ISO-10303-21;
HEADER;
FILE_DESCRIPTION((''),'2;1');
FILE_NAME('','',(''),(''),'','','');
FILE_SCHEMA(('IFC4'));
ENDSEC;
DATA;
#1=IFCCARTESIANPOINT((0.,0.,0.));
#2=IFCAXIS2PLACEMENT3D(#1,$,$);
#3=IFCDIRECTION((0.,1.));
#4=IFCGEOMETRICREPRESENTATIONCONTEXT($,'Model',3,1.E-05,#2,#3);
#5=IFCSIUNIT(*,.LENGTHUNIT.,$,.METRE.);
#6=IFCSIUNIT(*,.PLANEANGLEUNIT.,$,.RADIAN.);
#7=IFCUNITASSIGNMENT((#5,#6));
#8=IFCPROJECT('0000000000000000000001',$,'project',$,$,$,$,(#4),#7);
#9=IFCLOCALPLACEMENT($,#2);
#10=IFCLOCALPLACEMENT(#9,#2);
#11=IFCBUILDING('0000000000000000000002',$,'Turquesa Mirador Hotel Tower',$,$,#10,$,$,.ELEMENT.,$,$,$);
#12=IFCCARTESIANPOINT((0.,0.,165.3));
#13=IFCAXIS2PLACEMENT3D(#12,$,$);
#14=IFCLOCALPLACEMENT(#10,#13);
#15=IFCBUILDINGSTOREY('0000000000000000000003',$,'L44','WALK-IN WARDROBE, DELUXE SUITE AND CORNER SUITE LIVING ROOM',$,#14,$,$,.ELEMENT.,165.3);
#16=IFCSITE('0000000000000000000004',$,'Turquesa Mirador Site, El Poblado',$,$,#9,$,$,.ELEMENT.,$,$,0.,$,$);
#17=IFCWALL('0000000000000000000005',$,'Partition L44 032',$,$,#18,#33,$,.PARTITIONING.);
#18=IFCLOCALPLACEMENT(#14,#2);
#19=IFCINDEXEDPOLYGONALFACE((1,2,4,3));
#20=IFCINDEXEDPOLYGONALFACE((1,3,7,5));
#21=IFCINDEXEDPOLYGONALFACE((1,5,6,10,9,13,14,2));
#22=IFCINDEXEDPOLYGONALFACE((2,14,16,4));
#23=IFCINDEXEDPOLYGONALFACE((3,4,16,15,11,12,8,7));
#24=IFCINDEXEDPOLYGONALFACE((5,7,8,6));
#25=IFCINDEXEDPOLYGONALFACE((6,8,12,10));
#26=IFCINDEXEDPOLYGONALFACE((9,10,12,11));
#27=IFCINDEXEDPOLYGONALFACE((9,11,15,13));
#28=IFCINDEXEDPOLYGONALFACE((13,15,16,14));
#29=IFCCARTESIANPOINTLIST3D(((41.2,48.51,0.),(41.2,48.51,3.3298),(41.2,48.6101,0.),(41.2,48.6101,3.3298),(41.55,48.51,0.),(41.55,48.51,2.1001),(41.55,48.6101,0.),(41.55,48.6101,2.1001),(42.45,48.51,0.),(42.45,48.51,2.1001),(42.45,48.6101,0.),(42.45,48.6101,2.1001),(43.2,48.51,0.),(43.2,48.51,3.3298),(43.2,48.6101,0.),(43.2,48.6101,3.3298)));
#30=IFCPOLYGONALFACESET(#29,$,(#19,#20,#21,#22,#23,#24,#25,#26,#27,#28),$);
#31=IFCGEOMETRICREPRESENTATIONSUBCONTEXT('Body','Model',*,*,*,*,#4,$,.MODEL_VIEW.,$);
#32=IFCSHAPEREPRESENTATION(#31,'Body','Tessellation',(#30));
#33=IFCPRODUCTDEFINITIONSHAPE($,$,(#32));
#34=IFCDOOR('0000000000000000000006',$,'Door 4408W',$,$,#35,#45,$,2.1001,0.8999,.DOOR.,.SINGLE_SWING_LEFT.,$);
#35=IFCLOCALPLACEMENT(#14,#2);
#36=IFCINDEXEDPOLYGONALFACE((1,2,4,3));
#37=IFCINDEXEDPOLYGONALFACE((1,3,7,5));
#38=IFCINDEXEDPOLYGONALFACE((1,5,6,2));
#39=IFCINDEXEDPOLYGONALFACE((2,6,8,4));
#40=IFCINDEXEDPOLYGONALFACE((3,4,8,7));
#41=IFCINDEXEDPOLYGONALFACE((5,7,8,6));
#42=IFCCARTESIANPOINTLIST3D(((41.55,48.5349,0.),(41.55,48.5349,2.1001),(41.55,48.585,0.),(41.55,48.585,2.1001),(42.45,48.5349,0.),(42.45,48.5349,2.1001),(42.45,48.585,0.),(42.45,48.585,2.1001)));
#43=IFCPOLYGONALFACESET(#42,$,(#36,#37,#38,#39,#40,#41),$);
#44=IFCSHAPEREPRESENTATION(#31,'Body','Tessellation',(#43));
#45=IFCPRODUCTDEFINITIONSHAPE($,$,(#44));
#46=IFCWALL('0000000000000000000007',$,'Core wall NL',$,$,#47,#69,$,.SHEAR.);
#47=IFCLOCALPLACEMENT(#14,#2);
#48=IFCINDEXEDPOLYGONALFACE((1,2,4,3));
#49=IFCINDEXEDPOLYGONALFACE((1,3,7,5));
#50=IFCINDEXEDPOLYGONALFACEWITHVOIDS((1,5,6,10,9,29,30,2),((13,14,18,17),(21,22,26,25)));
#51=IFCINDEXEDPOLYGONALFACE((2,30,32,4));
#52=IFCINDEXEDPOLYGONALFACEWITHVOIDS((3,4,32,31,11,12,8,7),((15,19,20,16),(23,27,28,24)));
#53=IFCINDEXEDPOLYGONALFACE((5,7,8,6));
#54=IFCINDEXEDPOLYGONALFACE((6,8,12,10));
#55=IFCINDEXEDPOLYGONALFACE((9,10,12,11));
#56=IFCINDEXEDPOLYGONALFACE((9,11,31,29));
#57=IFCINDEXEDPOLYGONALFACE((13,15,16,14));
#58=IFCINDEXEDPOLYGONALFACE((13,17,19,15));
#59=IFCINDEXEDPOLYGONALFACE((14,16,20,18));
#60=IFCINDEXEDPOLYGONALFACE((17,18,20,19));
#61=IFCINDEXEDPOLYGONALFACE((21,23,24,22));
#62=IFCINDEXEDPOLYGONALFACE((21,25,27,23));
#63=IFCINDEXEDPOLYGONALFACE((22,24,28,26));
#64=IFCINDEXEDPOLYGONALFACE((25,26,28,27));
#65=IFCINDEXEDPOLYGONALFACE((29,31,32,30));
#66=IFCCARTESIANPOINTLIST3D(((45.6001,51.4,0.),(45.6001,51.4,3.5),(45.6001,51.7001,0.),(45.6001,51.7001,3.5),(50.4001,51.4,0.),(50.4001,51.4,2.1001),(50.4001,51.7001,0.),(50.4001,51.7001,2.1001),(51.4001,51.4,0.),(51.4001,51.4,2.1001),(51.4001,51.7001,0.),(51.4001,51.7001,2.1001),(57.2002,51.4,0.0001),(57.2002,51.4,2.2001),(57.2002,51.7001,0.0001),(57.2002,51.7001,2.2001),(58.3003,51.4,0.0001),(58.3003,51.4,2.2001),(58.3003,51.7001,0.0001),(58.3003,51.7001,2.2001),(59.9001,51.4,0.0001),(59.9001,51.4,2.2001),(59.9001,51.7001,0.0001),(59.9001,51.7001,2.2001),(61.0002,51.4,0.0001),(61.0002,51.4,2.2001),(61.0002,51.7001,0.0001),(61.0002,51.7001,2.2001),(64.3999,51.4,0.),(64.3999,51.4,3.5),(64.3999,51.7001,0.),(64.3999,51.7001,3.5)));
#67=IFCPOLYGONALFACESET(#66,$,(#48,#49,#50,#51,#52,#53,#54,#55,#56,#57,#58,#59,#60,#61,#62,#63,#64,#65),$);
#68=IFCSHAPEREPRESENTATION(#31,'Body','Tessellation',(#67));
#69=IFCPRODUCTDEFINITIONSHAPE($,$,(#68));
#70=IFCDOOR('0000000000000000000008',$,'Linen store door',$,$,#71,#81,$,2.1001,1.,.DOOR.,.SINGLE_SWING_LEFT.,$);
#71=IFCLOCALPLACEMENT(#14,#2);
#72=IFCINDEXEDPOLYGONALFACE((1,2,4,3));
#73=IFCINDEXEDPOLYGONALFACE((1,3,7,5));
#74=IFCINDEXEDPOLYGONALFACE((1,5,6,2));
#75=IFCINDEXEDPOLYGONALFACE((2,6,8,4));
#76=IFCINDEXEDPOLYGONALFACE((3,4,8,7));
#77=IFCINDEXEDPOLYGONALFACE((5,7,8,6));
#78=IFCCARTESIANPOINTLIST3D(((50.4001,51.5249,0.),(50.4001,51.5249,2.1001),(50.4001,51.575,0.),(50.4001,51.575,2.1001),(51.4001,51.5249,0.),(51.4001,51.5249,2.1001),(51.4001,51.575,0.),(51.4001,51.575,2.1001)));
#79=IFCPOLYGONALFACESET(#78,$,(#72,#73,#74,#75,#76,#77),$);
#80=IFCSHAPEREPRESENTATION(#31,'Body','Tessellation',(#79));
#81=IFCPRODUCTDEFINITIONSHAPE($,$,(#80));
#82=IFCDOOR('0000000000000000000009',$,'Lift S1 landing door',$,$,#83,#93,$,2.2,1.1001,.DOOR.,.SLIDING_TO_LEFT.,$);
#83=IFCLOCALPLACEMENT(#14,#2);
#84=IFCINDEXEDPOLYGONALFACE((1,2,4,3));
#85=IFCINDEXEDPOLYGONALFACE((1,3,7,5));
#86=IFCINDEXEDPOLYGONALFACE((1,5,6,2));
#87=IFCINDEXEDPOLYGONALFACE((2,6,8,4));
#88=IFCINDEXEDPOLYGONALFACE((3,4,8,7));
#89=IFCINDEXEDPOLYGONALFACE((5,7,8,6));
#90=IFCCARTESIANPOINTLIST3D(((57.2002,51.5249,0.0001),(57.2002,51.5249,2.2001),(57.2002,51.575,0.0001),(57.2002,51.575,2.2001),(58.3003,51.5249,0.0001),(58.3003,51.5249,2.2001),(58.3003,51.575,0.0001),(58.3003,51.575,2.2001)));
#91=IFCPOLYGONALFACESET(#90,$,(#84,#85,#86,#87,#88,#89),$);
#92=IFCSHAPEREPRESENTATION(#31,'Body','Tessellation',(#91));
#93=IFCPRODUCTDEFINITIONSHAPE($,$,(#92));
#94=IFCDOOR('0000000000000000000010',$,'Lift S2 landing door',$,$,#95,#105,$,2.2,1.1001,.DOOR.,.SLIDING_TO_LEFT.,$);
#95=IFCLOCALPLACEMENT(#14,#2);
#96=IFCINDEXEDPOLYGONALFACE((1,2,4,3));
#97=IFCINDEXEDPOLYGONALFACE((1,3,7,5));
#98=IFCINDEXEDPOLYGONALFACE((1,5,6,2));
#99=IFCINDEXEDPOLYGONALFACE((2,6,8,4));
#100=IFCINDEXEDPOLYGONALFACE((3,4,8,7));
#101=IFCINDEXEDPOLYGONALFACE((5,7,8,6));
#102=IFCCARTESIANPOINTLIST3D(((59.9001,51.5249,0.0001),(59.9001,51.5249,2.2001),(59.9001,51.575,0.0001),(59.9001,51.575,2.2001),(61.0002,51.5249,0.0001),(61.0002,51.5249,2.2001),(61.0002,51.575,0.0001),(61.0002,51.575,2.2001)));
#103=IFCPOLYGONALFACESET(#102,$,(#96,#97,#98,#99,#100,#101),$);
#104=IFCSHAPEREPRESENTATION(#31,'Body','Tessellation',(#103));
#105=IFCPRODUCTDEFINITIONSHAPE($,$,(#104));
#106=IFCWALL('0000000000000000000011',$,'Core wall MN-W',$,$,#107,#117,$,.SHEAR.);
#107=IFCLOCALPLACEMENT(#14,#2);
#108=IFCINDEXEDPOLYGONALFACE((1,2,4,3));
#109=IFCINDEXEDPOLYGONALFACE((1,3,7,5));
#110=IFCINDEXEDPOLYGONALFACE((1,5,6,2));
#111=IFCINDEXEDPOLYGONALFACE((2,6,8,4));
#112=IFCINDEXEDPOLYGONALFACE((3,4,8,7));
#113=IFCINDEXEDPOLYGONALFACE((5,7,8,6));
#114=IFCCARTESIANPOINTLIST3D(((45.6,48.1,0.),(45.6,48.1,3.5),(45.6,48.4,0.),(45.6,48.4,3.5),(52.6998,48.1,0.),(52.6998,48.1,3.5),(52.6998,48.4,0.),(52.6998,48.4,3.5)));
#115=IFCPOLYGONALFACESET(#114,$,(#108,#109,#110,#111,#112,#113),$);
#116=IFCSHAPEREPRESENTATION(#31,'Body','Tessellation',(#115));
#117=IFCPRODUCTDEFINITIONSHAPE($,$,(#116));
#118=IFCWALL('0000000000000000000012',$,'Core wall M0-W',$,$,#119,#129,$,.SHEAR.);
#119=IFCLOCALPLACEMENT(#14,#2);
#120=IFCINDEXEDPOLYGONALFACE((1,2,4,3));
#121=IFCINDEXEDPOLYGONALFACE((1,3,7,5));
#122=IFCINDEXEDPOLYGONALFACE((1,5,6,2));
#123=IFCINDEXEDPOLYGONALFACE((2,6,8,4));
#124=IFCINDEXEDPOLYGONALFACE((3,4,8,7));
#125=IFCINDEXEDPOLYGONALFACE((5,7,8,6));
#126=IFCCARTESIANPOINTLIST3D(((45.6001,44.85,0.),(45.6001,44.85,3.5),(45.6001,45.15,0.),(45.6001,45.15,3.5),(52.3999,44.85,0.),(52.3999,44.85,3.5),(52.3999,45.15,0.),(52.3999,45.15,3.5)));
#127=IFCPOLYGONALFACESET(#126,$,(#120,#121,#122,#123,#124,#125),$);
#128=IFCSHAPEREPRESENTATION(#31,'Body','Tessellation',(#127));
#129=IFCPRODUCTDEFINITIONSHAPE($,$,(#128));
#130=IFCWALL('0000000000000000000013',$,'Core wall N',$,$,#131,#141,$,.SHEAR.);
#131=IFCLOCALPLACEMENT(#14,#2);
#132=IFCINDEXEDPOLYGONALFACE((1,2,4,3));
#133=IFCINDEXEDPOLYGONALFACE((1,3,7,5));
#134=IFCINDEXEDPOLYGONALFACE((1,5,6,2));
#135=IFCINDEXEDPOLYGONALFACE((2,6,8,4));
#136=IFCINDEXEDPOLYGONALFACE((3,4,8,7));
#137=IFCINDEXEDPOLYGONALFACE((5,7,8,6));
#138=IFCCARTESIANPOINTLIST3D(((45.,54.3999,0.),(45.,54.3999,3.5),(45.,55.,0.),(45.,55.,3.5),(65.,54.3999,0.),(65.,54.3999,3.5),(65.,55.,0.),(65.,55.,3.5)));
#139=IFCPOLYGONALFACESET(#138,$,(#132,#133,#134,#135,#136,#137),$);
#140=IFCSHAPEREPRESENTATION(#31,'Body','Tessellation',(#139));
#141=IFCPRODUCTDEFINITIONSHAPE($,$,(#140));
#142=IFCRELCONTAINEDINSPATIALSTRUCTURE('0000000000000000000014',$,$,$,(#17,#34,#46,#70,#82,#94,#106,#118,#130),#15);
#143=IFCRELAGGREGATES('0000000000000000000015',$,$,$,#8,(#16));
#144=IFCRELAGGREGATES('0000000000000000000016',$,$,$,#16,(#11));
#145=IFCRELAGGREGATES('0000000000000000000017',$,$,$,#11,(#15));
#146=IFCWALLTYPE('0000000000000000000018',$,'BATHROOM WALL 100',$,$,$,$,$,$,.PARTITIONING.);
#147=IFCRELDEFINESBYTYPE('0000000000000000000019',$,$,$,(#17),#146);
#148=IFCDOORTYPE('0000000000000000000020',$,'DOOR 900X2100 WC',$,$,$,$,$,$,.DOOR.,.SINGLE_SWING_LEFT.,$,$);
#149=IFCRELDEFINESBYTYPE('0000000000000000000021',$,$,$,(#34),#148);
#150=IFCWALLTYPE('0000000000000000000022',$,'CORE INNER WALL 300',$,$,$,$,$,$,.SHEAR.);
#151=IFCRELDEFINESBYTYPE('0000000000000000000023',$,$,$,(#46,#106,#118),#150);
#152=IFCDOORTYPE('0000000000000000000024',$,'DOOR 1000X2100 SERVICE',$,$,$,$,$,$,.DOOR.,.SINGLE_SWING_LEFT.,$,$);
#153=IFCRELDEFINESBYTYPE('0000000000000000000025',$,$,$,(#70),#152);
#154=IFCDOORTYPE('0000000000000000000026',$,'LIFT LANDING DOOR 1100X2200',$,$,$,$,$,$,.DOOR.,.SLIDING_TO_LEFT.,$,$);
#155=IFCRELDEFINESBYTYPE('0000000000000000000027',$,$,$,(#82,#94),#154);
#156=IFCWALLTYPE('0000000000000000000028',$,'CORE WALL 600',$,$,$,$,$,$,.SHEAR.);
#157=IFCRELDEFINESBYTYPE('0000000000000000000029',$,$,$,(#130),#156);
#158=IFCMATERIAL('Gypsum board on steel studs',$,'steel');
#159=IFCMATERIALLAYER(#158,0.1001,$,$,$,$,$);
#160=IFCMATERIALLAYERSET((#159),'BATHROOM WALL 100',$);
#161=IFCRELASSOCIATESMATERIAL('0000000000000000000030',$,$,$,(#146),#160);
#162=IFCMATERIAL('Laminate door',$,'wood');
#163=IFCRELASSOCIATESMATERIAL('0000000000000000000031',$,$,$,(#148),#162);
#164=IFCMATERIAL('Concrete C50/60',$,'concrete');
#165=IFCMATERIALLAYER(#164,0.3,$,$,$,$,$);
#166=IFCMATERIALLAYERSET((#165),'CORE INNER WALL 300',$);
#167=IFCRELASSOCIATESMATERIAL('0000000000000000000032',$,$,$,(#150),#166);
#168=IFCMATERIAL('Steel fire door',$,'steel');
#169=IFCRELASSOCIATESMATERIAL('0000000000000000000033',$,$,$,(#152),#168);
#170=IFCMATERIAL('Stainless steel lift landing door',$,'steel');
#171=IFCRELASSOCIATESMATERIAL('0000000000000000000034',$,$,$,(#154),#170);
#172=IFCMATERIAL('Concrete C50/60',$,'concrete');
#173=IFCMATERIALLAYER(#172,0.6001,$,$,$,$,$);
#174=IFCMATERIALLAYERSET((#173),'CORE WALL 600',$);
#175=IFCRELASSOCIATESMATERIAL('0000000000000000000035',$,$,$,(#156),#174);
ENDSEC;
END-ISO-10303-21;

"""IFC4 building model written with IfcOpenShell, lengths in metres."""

from ifc_helpers import new_model, si_unit, direction, frame, frame_2d, origin, place, context, subcontext, project, spatial, rectangle, extrude, material, layer, layer_set, type_object, element, fill, save


model = new_model("IFC4")

# Units and contexts
model_context = context("Model", 3, precision=1e-05, world=origin(), true_north=direction((0.0, 1.0)))
body_context = subcontext(model_context, "Body", "Model", "MODEL_VIEW")
ifc_project = project(units=[si_unit("LENGTHUNIT", "METRE"), si_unit("PLANEANGLEUNIT", "RADIAN")], contexts=[model_context])

# Site, building, storey
site_placement = place(None, origin())
site = spatial("IfcSite", under=ifc_project, at=site_placement, Name="Turquesa Mirador Site, El Poblado", CompositionType="ELEMENT", RefElevation=0.0)
building_placement = place(site_placement, origin())
building = spatial("IfcBuilding", under=site, at=building_placement, Name="Turquesa Mirador Hotel Tower", CompositionType="ELEMENT")
storey_placement = place(building_placement, frame((0.0, 0.0, 165.3)))
storey = spatial("IfcBuildingStorey", under=building, at=storey_placement, Name="L44", Description="WALK-IN WARDROBE, DELUXE SUITE AND CORNER SUITE LIVING ROOM", CompositionType="ELEMENT", Elevation=165.3)

# Wall, opening, door
ifc_material_1 = material(Name="Gypsum board on steel studs", Category="steel")
ifc_layer_1 = layer(ifc_material_1, 0.1001)
ifc_layer_set_1 = layer_set([ifc_layer_1], Name="BATHROOM WALL 100")
wall_type_1 = type_object("IfcWallType", Name="BATHROOM WALL 100", PredefinedType="PARTITIONING", material=ifc_layer_set_1)
wall_1_placement = place(storey_placement, frame((41.2, 48.5601, 0.0), z_axis=(0.0, 0.0, 1.0), x_axis=(1.0, 0.0, 0.0)))
wall_1 = element("IfcWall", 1, at=wall_1_placement, inside=storey, type_object=wall_type_1, Name="Partition L44 032", PredefinedType="PARTITIONING", context=body_context, shape_type="SweptSolid", body=[
    extrude(rectangle(XDim=2.0, YDim=0.1001, at=frame_2d((1.0, 0.0))), origin(), (0.0, 0.0, 1.0), 3.3298),
])
opening_1_placement = place(wall_1_placement, frame((0.3501, 0.0, 0.0)))
opening_1 = element("IfcOpeningElement", 2, at=opening_1_placement, cuts=wall_1, PredefinedType="OPENING", context=body_context, shape_type="SweptSolid", body=[
    extrude(rectangle(XDim=0.8999, YDim=2.1001, at=frame_2d((0.45, 1.05))), frame((0.0, 0.0601, 0.0), z_axis=(0.0, -1.0, 0.0), x_axis=(1.0, 0.0, 0.0)), (0.0, 0.0, 1.0), 0.1201),
])
ifc_material_2 = material(Name="Laminate door", Category="wood")
door_type_1 = type_object("IfcDoorType", Name="DOOR 900X2100 WC", OperationType="SINGLE_SWING_LEFT", PredefinedType="DOOR", material=ifc_material_2)
door_1_placement = place(opening_1_placement, origin())
door_1 = element("IfcDoor", 3, at=door_1_placement, inside=storey, type_object=door_type_1, Name="Door 4408W", OperationType="SINGLE_SWING_LEFT", OverallHeight=2.1001, OverallWidth=0.8999, PredefinedType="DOOR", context=body_context, shape_type="SweptSolid", body=[
    extrude(rectangle(XDim=0.8999, YDim=2.1001, at=frame_2d((0.45, 1.05))), frame((0.0, 0.0249, 0.0), z_axis=(0.0, -1.0, 0.0), x_axis=(1.0, 0.0, 0.0)), (0.0, 0.0, 1.0), 0.05),
])
fill(opening_1, door_1)

# Wall, openings, doors
ifc_material_3 = material(Name="Concrete C50/60", Category="concrete")
ifc_layer_2 = layer(ifc_material_3, 0.3)
ifc_layer_set_2 = layer_set([ifc_layer_2], Name="CORE INNER WALL 300")
wall_type_2 = type_object("IfcWallType", Name="CORE INNER WALL 300", PredefinedType="SHEAR", material=ifc_layer_set_2)
wall_2_placement = place(storey_placement, frame((45.6001, 51.55, 0.0), z_axis=(0.0, 0.0, 1.0), x_axis=(1.0, 0.0, 0.0)))
wall_2 = element("IfcWall", 4, at=wall_2_placement, inside=storey, type_object=wall_type_2, Name="Core wall NL", PredefinedType="SHEAR", context=body_context, shape_type="SweptSolid", body=[
    extrude(rectangle(XDim=18.7998, YDim=0.3, at=frame_2d((9.3999, 0.0))), origin(), (0.0, 0.0, 1.0), 3.5),
])
opening_2_placement = place(wall_2_placement, frame((4.8, 0.0, 0.0)))
opening_2 = element("IfcOpeningElement", 5, at=opening_2_placement, cuts=wall_2, PredefinedType="OPENING", context=body_context, shape_type="SweptSolid", body=[
    extrude(rectangle(XDim=1.0, YDim=2.1001, at=frame_2d((0.5, 1.05))), frame((0.0, 0.1599, 0.0), z_axis=(0.0, -1.0, 0.0), x_axis=(1.0, 0.0, 0.0)), (0.0, 0.0, 1.0), 0.3201),
])
opening_3_placement = place(wall_2_placement, frame((11.6001, 0.0, 0.0)))
opening_3 = element("IfcOpeningElement", 6, at=opening_3_placement, cuts=wall_2, PredefinedType="OPENING", context=body_context, shape_type="SweptSolid", body=[
    extrude(rectangle(XDim=1.1001, YDim=2.2, at=frame_2d((0.55, 1.1001))), frame((0.0, 0.1599, 0.0), z_axis=(0.0, -1.0, 0.0), x_axis=(1.0, 0.0, 0.0)), (0.0, 0.0, 1.0), 0.3201),
])
opening_4_placement = place(wall_2_placement, frame((14.3, 0.0, 0.0)))
opening_4 = element("IfcOpeningElement", 7, at=opening_4_placement, cuts=wall_2, PredefinedType="OPENING", context=body_context, shape_type="SweptSolid", body=[
    extrude(rectangle(XDim=1.1001, YDim=2.2, at=frame_2d((0.55, 1.1001))), frame((0.0, 0.1599, 0.0), z_axis=(0.0, -1.0, 0.0), x_axis=(1.0, 0.0, 0.0)), (0.0, 0.0, 1.0), 0.3201),
])
ifc_material_4 = material(Name="Steel fire door", Category="steel")
door_type_2 = type_object("IfcDoorType", Name="DOOR 1000X2100 SERVICE", OperationType="SINGLE_SWING_LEFT", PredefinedType="DOOR", material=ifc_material_4)
door_2_placement = place(opening_2_placement, origin())
door_2 = element("IfcDoor", 8, at=door_2_placement, inside=storey, type_object=door_type_2, Name="Linen store door", OperationType="SINGLE_SWING_LEFT", OverallHeight=2.1001, OverallWidth=1.0, PredefinedType="DOOR", context=body_context, shape_type="SweptSolid", body=[
    extrude(rectangle(XDim=1.0, YDim=2.1001, at=frame_2d((0.5, 1.05))), frame((0.0, 0.0249, 0.0), z_axis=(0.0, -1.0, 0.0), x_axis=(1.0, 0.0, 0.0)), (0.0, 0.0, 1.0), 0.05),
])
fill(opening_2, door_2)
ifc_material_5 = material(Name="Stainless steel lift landing door", Category="steel")
door_type_3 = type_object("IfcDoorType", Name="LIFT LANDING DOOR 1100X2200", OperationType="SLIDING_TO_LEFT", PredefinedType="DOOR", material=ifc_material_5)
door_3_placement = place(opening_3_placement, origin())
door_3 = element("IfcDoor", 9, at=door_3_placement, inside=storey, type_object=door_type_3, Name="Lift S1 landing door", OperationType="SLIDING_TO_LEFT", OverallHeight=2.2, OverallWidth=1.1001, PredefinedType="DOOR", context=body_context, shape_type="SweptSolid", body=[
    extrude(rectangle(XDim=1.1001, YDim=2.2, at=frame_2d((0.55, 1.1001))), frame((0.0, 0.0249, 0.0), z_axis=(0.0, -1.0, 0.0), x_axis=(1.0, 0.0, 0.0)), (0.0, 0.0, 1.0), 0.05),
])
fill(opening_3, door_3)
door_4_placement = place(opening_4_placement, origin())
door_4 = element("IfcDoor", 10, at=door_4_placement, inside=storey, type_object=door_type_3, Name="Lift S2 landing door", OperationType="SLIDING_TO_LEFT", OverallHeight=2.2, OverallWidth=1.1001, PredefinedType="DOOR", context=body_context, shape_type="SweptSolid", body=[
    extrude(rectangle(XDim=1.1001, YDim=2.2, at=frame_2d((0.55, 1.1001))), frame((0.0, 0.0249, 0.0), z_axis=(0.0, -1.0, 0.0), x_axis=(1.0, 0.0, 0.0)), (0.0, 0.0, 1.0), 0.05),
])
fill(opening_4, door_4)

# Walls
wall_3_placement = place(storey_placement, frame((45.6001, 48.25, 0.0), z_axis=(0.0, 0.0, 1.0), x_axis=(1.0, 0.0, 0.0)))
element("IfcWall", 11, at=wall_3_placement, inside=storey, type_object=wall_type_2, Name="Core wall MN-W", PredefinedType="SHEAR", context=body_context, shape_type="SweptSolid", body=[
    extrude(rectangle(XDim=7.0999, YDim=0.3, at=frame_2d((3.5498, 0.0))), origin(), (0.0, 0.0, 1.0), 3.5),
])
wall_4_placement = place(storey_placement, frame((45.6001, 45.0, 0.0), z_axis=(0.0, 0.0, 1.0), x_axis=(1.0, 0.0, 0.0)))
element("IfcWall", 12, at=wall_4_placement, inside=storey, type_object=wall_type_2, Name="Core wall M0-W", PredefinedType="SHEAR", context=body_context, shape_type="SweptSolid", body=[
    extrude(rectangle(XDim=6.7998, YDim=0.3, at=frame_2d((3.3999, 0.0))), origin(), (0.0, 0.0, 1.0), 3.5),
])
ifc_material_6 = material(Name="Concrete C50/60", Category="concrete")
ifc_layer_3 = layer(ifc_material_6, 0.6001)
ifc_layer_set_3 = layer_set([ifc_layer_3], Name="CORE WALL 600")
wall_type_3 = type_object("IfcWallType", Name="CORE WALL 600", PredefinedType="SHEAR", material=ifc_layer_set_3)
wall_5_placement = place(storey_placement, frame((45.0, 54.7, 0.0), z_axis=(0.0, 0.0, 1.0), x_axis=(1.0, 0.0, 0.0)))
element("IfcWall", 13, at=wall_5_placement, inside=storey, type_object=wall_type_3, Name="Core wall N", PredefinedType="SHEAR", context=body_context, shape_type="SweptSolid", body=[
    extrude(rectangle(XDim=20.0, YDim=0.6001, at=frame_2d((10.0, 0.0))), origin(), (0.0, 0.0, 1.0), 3.5),
])

save(model, "model.ifc")
